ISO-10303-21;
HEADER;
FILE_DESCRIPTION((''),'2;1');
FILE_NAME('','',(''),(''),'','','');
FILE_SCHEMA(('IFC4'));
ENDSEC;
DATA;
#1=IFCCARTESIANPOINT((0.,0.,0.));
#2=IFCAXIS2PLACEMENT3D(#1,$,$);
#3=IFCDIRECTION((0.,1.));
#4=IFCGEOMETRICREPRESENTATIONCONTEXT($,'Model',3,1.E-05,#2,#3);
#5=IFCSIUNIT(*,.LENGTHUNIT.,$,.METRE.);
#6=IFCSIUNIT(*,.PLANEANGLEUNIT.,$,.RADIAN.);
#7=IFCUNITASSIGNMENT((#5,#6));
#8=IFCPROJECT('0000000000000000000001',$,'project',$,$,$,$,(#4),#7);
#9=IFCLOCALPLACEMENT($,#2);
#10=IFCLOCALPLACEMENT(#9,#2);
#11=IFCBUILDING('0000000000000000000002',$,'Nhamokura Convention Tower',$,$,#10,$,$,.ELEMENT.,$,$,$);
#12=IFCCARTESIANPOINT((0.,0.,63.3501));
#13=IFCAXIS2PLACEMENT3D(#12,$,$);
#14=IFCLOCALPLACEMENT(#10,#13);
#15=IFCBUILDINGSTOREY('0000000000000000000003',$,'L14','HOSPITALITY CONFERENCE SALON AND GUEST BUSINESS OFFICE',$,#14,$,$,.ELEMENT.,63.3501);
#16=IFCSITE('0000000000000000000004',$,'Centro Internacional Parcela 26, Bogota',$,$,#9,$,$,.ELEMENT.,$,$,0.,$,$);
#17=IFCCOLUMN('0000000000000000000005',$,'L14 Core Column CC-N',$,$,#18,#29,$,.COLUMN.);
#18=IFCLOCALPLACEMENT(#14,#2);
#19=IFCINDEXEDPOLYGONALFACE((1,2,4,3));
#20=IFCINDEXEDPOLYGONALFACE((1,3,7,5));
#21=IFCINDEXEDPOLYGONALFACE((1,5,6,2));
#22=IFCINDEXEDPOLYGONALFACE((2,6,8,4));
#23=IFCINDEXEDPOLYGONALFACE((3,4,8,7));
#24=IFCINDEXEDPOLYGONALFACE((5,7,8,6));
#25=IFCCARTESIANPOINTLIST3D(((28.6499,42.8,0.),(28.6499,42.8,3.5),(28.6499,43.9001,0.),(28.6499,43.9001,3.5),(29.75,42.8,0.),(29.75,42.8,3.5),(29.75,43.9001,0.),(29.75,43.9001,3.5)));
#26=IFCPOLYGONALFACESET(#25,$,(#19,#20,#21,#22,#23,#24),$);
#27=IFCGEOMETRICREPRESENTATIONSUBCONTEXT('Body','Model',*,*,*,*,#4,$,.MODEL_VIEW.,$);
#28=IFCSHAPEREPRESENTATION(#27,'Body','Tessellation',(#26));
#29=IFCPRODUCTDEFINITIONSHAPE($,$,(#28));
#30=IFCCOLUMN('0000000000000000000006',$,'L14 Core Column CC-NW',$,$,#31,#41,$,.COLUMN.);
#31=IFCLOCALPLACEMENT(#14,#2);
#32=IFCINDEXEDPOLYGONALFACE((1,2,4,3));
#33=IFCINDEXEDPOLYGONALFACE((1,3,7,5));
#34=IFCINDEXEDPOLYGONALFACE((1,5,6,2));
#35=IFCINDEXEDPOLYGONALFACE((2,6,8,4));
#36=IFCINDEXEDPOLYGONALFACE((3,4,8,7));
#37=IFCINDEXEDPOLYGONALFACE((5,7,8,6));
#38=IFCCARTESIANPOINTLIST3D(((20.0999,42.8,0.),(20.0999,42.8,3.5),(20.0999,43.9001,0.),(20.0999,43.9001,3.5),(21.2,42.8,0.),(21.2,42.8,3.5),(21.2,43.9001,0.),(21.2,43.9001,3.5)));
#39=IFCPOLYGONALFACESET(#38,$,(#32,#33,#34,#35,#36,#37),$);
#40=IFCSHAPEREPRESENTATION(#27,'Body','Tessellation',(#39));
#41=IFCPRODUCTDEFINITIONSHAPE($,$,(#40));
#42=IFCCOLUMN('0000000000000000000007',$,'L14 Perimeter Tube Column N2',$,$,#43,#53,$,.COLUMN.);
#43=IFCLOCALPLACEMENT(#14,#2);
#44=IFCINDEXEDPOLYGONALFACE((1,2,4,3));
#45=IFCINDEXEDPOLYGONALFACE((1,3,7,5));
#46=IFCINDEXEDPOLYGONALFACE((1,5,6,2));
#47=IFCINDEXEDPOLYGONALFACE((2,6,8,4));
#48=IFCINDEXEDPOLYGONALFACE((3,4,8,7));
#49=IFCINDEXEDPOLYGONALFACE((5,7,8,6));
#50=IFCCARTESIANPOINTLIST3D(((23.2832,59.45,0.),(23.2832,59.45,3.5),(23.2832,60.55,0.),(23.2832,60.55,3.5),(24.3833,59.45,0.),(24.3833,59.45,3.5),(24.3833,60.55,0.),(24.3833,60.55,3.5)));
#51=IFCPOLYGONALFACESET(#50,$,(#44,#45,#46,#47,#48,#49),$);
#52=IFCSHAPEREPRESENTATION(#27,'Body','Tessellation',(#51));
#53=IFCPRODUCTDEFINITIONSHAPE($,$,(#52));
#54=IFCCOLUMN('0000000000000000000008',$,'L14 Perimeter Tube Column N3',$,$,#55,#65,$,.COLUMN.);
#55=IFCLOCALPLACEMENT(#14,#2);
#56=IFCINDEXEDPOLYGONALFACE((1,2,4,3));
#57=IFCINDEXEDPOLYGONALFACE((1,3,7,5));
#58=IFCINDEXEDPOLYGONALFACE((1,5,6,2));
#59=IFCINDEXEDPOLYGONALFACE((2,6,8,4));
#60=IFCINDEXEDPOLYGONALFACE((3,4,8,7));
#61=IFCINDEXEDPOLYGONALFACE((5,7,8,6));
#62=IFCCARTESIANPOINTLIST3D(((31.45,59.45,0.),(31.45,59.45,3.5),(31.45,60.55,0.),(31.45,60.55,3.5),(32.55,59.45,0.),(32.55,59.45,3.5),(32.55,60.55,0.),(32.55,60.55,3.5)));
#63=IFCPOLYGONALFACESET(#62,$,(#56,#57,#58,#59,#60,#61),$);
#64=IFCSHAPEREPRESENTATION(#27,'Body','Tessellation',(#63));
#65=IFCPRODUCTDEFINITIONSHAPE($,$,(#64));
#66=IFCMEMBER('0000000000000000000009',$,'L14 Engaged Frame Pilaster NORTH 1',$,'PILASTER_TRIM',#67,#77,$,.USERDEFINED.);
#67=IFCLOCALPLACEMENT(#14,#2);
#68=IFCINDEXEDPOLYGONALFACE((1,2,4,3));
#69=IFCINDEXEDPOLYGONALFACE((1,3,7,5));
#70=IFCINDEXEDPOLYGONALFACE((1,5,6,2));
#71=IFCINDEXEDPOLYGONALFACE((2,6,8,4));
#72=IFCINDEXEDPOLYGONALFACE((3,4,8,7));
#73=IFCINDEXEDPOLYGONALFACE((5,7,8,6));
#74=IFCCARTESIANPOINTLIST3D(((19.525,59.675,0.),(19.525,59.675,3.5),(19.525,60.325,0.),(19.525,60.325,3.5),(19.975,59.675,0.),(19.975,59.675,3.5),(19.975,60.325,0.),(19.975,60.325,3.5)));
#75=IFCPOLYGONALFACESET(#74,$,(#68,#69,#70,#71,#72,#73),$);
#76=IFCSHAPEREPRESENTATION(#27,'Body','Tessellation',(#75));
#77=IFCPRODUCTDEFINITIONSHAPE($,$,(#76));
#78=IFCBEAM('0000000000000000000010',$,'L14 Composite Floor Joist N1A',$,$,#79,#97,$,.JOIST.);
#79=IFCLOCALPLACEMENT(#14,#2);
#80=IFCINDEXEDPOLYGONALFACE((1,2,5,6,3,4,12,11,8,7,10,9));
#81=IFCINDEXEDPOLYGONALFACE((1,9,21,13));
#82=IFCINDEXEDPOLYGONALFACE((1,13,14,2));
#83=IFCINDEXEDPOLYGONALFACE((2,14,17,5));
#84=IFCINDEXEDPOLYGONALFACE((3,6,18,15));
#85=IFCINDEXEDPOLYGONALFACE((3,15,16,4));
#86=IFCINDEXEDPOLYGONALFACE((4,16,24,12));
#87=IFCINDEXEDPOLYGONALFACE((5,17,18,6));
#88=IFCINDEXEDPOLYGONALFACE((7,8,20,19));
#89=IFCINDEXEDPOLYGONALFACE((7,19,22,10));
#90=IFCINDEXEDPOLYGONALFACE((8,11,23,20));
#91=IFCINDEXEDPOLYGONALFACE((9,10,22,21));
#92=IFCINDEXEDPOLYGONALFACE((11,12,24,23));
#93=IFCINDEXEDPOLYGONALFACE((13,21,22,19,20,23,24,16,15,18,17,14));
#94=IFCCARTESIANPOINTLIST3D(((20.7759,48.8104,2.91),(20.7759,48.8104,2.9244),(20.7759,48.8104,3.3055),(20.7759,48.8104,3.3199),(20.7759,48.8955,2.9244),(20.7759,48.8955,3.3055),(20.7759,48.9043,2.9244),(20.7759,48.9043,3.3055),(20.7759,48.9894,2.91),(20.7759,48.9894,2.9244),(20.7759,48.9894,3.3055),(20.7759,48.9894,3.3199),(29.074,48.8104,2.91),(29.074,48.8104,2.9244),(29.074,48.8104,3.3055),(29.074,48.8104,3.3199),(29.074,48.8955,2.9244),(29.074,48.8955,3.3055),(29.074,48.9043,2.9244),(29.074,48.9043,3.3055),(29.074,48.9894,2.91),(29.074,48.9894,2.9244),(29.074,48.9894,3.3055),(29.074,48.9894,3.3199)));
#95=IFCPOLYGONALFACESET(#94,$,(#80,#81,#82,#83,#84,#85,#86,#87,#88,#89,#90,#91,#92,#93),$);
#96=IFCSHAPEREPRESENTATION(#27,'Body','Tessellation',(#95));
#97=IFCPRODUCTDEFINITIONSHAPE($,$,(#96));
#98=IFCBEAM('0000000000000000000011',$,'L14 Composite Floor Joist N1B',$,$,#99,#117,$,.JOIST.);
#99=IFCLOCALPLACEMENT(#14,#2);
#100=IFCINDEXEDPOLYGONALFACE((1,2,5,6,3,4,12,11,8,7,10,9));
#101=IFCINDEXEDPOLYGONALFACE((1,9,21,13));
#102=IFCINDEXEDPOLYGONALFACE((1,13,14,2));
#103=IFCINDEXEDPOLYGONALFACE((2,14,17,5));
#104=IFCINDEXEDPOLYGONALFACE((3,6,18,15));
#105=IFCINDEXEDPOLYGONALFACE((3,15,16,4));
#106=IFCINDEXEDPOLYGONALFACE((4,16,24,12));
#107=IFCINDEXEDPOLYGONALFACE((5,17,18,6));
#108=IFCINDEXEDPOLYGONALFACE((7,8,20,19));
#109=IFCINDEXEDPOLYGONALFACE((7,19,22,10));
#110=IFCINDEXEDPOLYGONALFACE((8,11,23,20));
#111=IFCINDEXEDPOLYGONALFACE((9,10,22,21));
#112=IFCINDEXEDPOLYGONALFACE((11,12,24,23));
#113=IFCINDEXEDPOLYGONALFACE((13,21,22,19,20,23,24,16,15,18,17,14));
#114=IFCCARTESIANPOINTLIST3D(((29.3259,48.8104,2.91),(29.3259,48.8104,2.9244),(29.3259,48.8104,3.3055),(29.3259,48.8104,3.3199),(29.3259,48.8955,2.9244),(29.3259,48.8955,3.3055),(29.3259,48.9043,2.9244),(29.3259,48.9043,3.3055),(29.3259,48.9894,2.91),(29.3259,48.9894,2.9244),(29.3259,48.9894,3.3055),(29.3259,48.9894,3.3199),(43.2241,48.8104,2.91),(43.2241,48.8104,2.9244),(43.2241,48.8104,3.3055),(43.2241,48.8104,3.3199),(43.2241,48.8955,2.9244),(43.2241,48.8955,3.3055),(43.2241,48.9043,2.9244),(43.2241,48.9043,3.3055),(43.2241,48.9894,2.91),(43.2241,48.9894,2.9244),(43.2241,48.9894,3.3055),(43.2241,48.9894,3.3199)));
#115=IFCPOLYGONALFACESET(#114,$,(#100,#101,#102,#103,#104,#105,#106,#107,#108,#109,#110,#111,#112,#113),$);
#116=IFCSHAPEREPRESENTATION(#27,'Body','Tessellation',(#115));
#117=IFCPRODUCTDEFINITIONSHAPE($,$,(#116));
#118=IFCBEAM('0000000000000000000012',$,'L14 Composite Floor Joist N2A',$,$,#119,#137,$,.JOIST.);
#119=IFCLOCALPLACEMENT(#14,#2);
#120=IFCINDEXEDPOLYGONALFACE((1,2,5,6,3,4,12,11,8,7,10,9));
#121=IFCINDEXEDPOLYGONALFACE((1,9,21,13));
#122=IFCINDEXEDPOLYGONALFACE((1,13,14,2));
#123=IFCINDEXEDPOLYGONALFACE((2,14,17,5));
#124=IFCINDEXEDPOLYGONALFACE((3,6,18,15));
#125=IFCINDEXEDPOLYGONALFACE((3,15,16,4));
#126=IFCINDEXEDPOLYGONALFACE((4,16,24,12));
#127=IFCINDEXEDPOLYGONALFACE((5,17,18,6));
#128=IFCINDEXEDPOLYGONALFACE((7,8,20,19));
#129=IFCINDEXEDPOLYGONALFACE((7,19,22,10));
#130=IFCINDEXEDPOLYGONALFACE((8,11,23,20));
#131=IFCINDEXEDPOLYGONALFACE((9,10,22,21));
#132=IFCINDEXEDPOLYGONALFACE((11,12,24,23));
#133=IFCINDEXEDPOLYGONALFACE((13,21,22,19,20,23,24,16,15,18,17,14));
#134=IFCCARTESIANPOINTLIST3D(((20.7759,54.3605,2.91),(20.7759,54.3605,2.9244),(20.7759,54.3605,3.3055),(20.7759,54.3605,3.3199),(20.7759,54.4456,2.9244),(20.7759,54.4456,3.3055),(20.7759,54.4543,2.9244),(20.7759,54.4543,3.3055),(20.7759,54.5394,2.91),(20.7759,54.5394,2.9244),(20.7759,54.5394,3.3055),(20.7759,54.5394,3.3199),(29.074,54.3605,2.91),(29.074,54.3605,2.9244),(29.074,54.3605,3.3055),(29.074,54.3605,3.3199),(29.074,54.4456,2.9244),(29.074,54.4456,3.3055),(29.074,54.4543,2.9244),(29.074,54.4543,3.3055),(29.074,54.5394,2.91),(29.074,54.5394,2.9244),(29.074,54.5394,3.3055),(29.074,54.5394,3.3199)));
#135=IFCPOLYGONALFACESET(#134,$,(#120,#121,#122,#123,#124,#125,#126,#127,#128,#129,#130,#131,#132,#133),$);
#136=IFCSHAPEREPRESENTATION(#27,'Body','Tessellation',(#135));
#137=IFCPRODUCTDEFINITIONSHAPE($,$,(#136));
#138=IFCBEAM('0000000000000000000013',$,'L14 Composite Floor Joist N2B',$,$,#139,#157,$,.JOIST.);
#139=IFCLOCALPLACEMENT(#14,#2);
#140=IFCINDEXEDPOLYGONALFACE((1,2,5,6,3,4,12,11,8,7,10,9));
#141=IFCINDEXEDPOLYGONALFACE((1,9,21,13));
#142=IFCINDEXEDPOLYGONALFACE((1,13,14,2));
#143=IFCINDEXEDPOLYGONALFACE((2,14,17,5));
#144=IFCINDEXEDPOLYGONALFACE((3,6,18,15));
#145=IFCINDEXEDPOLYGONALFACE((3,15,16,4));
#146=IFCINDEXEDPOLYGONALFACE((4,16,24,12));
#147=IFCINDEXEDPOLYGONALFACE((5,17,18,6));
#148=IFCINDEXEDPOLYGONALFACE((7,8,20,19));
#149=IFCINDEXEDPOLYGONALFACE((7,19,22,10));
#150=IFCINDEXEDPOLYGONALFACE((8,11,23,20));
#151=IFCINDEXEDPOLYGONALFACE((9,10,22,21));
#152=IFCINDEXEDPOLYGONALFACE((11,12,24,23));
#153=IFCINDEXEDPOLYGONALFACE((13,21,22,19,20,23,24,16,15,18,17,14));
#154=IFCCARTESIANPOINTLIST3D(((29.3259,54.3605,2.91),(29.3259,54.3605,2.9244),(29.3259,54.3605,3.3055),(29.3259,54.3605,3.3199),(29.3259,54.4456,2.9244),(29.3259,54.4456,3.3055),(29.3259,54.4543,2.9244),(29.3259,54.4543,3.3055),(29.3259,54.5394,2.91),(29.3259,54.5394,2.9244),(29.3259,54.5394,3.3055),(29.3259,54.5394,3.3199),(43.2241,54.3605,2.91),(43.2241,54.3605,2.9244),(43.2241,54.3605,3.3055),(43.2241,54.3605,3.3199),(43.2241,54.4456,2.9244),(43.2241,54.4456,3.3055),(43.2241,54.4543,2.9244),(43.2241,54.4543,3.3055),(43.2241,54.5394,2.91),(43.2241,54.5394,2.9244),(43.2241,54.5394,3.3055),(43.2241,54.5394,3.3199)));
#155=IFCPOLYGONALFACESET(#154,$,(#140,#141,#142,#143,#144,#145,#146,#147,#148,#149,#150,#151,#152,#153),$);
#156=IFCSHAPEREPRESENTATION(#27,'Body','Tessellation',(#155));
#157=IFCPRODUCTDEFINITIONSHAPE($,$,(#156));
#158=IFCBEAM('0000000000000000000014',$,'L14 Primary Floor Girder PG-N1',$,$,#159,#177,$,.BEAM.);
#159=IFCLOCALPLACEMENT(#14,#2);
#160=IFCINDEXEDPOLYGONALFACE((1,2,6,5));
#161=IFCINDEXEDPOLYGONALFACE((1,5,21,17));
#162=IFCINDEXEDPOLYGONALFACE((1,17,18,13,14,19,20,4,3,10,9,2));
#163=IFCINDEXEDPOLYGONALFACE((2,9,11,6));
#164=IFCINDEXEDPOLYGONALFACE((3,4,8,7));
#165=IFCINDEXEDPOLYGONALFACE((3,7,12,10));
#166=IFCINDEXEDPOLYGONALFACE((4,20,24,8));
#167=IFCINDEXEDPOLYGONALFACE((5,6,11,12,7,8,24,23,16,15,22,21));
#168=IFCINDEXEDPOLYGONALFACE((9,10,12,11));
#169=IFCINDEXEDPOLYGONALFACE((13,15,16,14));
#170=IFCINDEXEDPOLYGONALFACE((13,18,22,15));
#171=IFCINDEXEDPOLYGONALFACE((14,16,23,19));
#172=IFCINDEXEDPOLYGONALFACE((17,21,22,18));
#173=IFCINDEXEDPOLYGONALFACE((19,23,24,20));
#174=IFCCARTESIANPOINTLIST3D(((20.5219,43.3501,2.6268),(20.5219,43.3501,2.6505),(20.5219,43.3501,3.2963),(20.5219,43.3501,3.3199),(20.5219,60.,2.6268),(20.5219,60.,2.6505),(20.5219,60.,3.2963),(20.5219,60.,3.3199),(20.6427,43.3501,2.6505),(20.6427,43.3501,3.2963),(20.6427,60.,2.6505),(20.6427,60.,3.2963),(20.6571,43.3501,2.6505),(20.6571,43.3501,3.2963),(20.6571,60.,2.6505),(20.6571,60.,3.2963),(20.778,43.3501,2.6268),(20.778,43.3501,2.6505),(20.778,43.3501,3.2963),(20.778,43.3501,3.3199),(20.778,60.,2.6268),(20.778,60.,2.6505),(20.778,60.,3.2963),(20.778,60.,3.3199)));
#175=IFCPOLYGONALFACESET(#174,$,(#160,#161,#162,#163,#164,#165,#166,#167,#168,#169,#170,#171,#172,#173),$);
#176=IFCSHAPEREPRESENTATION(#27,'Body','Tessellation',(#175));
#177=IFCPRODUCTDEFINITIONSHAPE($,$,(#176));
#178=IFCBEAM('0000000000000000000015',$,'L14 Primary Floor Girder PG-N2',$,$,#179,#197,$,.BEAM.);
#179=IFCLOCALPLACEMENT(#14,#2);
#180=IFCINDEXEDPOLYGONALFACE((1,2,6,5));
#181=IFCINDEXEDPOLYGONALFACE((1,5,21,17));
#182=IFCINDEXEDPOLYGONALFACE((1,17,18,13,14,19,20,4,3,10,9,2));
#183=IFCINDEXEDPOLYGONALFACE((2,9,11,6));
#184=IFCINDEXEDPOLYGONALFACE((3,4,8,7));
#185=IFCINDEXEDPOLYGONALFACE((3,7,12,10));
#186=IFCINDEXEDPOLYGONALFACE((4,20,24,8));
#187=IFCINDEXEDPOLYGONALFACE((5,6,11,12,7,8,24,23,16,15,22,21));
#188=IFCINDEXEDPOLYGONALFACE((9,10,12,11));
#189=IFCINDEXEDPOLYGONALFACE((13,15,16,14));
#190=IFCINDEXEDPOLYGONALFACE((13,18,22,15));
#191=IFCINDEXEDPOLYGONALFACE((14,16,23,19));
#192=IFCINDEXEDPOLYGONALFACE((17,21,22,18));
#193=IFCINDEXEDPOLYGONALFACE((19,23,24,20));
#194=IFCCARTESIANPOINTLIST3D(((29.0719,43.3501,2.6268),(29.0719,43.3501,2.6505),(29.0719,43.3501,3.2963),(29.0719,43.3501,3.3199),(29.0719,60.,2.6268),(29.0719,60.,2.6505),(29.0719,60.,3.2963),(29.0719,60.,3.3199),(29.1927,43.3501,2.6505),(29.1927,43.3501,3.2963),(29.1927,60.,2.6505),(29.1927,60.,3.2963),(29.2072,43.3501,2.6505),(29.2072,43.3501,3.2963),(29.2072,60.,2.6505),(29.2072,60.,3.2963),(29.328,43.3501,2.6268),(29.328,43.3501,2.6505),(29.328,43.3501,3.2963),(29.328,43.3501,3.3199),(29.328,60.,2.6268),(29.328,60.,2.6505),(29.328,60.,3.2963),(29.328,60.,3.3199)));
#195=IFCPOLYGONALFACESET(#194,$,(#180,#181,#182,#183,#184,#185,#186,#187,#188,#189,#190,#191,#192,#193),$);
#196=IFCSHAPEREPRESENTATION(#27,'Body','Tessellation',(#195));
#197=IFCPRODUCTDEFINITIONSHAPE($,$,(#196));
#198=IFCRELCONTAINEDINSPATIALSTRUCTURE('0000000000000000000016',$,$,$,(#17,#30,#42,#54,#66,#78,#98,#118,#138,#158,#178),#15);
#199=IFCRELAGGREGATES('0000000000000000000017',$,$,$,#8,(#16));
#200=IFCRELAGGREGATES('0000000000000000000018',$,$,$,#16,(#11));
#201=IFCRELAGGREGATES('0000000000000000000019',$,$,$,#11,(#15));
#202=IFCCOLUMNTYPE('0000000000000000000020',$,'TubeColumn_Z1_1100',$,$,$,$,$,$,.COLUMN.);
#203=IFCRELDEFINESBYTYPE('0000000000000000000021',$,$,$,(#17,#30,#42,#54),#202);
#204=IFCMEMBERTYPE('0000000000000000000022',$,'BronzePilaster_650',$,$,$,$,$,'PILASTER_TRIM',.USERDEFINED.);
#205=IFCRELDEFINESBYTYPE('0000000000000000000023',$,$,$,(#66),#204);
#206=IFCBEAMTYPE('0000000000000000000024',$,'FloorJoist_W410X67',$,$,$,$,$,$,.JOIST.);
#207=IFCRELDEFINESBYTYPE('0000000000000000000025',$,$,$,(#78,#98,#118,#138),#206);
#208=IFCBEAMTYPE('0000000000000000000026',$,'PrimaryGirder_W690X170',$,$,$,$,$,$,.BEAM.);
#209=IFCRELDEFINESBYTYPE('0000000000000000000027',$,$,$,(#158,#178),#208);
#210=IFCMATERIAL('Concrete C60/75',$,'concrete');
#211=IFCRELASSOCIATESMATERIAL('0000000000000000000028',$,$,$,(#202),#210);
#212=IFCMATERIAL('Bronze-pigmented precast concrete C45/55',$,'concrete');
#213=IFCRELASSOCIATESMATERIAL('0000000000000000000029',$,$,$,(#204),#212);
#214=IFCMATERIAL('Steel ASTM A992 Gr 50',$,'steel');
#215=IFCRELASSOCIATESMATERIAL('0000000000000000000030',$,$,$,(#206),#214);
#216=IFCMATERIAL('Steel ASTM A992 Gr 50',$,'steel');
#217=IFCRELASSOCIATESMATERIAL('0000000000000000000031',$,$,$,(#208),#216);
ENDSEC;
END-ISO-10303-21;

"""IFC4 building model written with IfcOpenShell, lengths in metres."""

from ifc_helpers import new_model, si_unit, direction, frame, origin, origin_2d, place, context, subcontext, project, spatial, rectangle, i_section, extrude, material, material_profile, profile_set, type_object, element, save


model = new_model("IFC4")

# Units and contexts
model_context = context("Model", 3, precision=1e-05, world=origin(), true_north=direction((0.0, 1.0)))
body_context = subcontext(model_context, "Body", "Model", "MODEL_VIEW")
ifc_project = project(units=[si_unit("LENGTHUNIT", "METRE"), si_unit("PLANEANGLEUNIT", "RADIAN")], contexts=[model_context])

# Site, building, storey
site_placement = place(None, origin())
site = spatial("IfcSite", under=ifc_project, at=site_placement, Name="Centro Internacional Parcela 26, Bogota", CompositionType="ELEMENT", RefElevation=0.0)
building_placement = place(site_placement, origin())
building = spatial("IfcBuilding", under=site, at=building_placement, Name="Nhamokura Convention Tower", CompositionType="ELEMENT")
storey_placement = place(building_placement, frame((0.0, 0.0, 63.3501)))
storey = spatial("IfcBuildingStorey", under=building, at=storey_placement, Name="L14", Description="HOSPITALITY CONFERENCE SALON AND GUEST BUSINESS OFFICE", CompositionType="ELEMENT", Elevation=63.3501)

# Columns
ifc_material_1 = material(Name="Concrete C60/75", Category="concrete")
ifc_material_profile_1 = material_profile(ifc_material_1, rectangle(XDim=1.1001, YDim=1.1001, at=origin_2d()))
ifc_profile_set_1 = profile_set([ifc_material_profile_1], Name="Concrete C60/75")
column_type = type_object("IfcColumnType", Name="TubeColumn_Z1_1100", PredefinedType="COLUMN", material=ifc_profile_set_1)
for number, where, z_axis, x_axis, name in (
    (1, (29.2, 43.3501, 0.0), (0.0, 0.0, 1.0), (1.0, 0.0, 0.0), "L14 Core Column CC-N"),
    (2, (20.6499, 43.3501, 0.0), (0.0, 0.0, 1.0), (1.0, 0.0, 0.0), "L14 Core Column CC-NW"),
    (3, (23.8333, 60.0, 0.0), (0.0, 0.0, 1.0), (1.0, 0.0, 0.0), "L14 Perimeter Tube Column N2"),
    (4, (32.0, 60.0, 0.0), (0.0, 0.0, 1.0), (1.0, 0.0, 0.0), "L14 Perimeter Tube Column N3"),
):
    element("IfcColumn", number, at=place(storey_placement, frame(where, z_axis=z_axis, x_axis=x_axis)), inside=storey, type_object=column_type, Name=name, PredefinedType="COLUMN", context=body_context, shape_type="SweptSolid", body=[
        extrude(rectangle(XDim=1.1001, YDim=1.1001, at=origin_2d()), origin(), (0.0, 0.0, 1.0), 3.5),
    ])

# Member
ifc_material_2 = material(Name="Bronze-pigmented precast concrete C45/55", Category="concrete")
ifc_material_profile_2 = material_profile(ifc_material_2, rectangle(XDim=0.45, YDim=0.6499, at=origin_2d()))
ifc_profile_set_2 = profile_set([ifc_material_profile_2], Name="Bronze-pigmented precast concrete C45/55")
member_type = type_object("IfcMemberType", Name="BronzePilaster_650", ElementType="PILASTER_TRIM", PredefinedType="USERDEFINED", material=ifc_profile_set_2)
member_placement = place(storey_placement, frame((19.75, 60.0, 0.0), z_axis=(0.0, 0.0, 1.0), x_axis=(1.0, 0.0, 0.0)))
element("IfcMember", 5, at=member_placement, inside=storey, type_object=member_type, Name="L14 Engaged Frame Pilaster NORTH 1", ObjectType="PILASTER_TRIM", PredefinedType="USERDEFINED", context=body_context, shape_type="SweptSolid", body=[
    extrude(rectangle(XDim=0.45, YDim=0.6499, at=origin_2d()), origin(), (0.0, 0.0, 1.0), 3.5),
])

# Beams
ifc_material_3 = material(Name="Steel ASTM A992 Gr 50", Category="steel")
ifc_material_profile_3 = material_profile(ifc_material_3, i_section(OverallWidth=0.179, OverallDepth=0.4099, WebThickness=0.0088, FlangeThickness=0.0144, at=origin_2d()))
ifc_profile_set_3 = profile_set([ifc_material_profile_3], Name="Steel ASTM A992 Gr 50")
beam_type_1 = type_object("IfcBeamType", Name="FloorJoist_W410X67", PredefinedType="JOIST", material=ifc_profile_set_3)
beam_1_placement = place(storey_placement, frame((20.7759, 48.8999, 3.115), z_axis=(1.0, 0.0, 0.0), x_axis=(0.0, 1.0, 0.0)))
element("IfcBeam", 6, at=beam_1_placement, inside=storey, type_object=beam_type_1, Name="L14 Composite Floor Joist N1A", PredefinedType="JOIST", context=body_context, shape_type="SweptSolid", body=[
    extrude(i_section(OverallWidth=0.179, OverallDepth=0.4099, WebThickness=0.0088, FlangeThickness=0.0144, at=origin_2d()), origin(), (0.0, 0.0, 1.0), 8.2981),
])
beam_2_placement = place(storey_placement, frame((29.3259, 48.8999, 3.115), z_axis=(1.0, 0.0, 0.0), x_axis=(0.0, 1.0, 0.0)))
element("IfcBeam", 7, at=beam_2_placement, inside=storey, type_object=beam_type_1, Name="L14 Composite Floor Joist N1B", PredefinedType="JOIST", context=body_context, shape_type="SweptSolid", body=[
    extrude(i_section(OverallWidth=0.179, OverallDepth=0.4099, WebThickness=0.0088, FlangeThickness=0.0144, at=origin_2d()), origin(), (0.0, 0.0, 1.0), 13.8982),
])
beam_3_placement = place(storey_placement, frame((20.7759, 54.45, 3.115), z_axis=(1.0, 0.0, 0.0), x_axis=(0.0, 1.0, 0.0)))
element("IfcBeam", 8, at=beam_3_placement, inside=storey, type_object=beam_type_1, Name="L14 Composite Floor Joist N2A", PredefinedType="JOIST", context=body_context, shape_type="SweptSolid", body=[
    extrude(i_section(OverallWidth=0.179, OverallDepth=0.4099, WebThickness=0.0088, FlangeThickness=0.0144, at=origin_2d()), origin(), (0.0, 0.0, 1.0), 8.2981),
])
beam_4_placement = place(storey_placement, frame((29.3259, 54.45, 3.115), z_axis=(1.0, 0.0, 0.0), x_axis=(0.0, 1.0, 0.0)))
element("IfcBeam", 9, at=beam_4_placement, inside=storey, type_object=beam_type_1, Name="L14 Composite Floor Joist N2B", PredefinedType="JOIST", context=body_context, shape_type="SweptSolid", body=[
    extrude(i_section(OverallWidth=0.179, OverallDepth=0.4099, WebThickness=0.0088, FlangeThickness=0.0144, at=origin_2d()), origin(), (0.0, 0.0, 1.0), 13.8982),
])
ifc_material_4 = material(Name="Steel ASTM A992 Gr 50", Category="steel")
ifc_material_profile_4 = material_profile(ifc_material_4, i_section(OverallWidth=0.2561, OverallDepth=0.6931, WebThickness=0.0144, FlangeThickness=0.0237, at=origin_2d()))
ifc_profile_set_4 = profile_set([ifc_material_profile_4], Name="Steel ASTM A992 Gr 50")
beam_type_2 = type_object("IfcBeamType", Name="PrimaryGirder_W690X170", PredefinedType="BEAM", material=ifc_profile_set_4)
for number, where, z_axis, x_axis, name in (
    (10, (20.6499, 43.3501, 2.9734), (0.0, 1.0, 0.0), (-1.0, 0.0, 0.0), "L14 Primary Floor Girder PG-N1"),
    (11, (29.2, 43.3501, 2.9734), (0.0, 1.0, 0.0), (-1.0, 0.0, 0.0), "L14 Primary Floor Girder PG-N2"),
):
    element("IfcBeam", number, at=place(storey_placement, frame(where, z_axis=z_axis, x_axis=x_axis)), inside=storey, type_object=beam_type_2, Name=name, PredefinedType="BEAM", context=body_context, shape_type="SweptSolid", body=[
        extrude(i_section(OverallWidth=0.2561, OverallDepth=0.6931, WebThickness=0.0144, FlangeThickness=0.0237, at=origin_2d()), origin(), (0.0, 0.0, 1.0), 16.6499),
    ])

save(model, "model.ifc")
